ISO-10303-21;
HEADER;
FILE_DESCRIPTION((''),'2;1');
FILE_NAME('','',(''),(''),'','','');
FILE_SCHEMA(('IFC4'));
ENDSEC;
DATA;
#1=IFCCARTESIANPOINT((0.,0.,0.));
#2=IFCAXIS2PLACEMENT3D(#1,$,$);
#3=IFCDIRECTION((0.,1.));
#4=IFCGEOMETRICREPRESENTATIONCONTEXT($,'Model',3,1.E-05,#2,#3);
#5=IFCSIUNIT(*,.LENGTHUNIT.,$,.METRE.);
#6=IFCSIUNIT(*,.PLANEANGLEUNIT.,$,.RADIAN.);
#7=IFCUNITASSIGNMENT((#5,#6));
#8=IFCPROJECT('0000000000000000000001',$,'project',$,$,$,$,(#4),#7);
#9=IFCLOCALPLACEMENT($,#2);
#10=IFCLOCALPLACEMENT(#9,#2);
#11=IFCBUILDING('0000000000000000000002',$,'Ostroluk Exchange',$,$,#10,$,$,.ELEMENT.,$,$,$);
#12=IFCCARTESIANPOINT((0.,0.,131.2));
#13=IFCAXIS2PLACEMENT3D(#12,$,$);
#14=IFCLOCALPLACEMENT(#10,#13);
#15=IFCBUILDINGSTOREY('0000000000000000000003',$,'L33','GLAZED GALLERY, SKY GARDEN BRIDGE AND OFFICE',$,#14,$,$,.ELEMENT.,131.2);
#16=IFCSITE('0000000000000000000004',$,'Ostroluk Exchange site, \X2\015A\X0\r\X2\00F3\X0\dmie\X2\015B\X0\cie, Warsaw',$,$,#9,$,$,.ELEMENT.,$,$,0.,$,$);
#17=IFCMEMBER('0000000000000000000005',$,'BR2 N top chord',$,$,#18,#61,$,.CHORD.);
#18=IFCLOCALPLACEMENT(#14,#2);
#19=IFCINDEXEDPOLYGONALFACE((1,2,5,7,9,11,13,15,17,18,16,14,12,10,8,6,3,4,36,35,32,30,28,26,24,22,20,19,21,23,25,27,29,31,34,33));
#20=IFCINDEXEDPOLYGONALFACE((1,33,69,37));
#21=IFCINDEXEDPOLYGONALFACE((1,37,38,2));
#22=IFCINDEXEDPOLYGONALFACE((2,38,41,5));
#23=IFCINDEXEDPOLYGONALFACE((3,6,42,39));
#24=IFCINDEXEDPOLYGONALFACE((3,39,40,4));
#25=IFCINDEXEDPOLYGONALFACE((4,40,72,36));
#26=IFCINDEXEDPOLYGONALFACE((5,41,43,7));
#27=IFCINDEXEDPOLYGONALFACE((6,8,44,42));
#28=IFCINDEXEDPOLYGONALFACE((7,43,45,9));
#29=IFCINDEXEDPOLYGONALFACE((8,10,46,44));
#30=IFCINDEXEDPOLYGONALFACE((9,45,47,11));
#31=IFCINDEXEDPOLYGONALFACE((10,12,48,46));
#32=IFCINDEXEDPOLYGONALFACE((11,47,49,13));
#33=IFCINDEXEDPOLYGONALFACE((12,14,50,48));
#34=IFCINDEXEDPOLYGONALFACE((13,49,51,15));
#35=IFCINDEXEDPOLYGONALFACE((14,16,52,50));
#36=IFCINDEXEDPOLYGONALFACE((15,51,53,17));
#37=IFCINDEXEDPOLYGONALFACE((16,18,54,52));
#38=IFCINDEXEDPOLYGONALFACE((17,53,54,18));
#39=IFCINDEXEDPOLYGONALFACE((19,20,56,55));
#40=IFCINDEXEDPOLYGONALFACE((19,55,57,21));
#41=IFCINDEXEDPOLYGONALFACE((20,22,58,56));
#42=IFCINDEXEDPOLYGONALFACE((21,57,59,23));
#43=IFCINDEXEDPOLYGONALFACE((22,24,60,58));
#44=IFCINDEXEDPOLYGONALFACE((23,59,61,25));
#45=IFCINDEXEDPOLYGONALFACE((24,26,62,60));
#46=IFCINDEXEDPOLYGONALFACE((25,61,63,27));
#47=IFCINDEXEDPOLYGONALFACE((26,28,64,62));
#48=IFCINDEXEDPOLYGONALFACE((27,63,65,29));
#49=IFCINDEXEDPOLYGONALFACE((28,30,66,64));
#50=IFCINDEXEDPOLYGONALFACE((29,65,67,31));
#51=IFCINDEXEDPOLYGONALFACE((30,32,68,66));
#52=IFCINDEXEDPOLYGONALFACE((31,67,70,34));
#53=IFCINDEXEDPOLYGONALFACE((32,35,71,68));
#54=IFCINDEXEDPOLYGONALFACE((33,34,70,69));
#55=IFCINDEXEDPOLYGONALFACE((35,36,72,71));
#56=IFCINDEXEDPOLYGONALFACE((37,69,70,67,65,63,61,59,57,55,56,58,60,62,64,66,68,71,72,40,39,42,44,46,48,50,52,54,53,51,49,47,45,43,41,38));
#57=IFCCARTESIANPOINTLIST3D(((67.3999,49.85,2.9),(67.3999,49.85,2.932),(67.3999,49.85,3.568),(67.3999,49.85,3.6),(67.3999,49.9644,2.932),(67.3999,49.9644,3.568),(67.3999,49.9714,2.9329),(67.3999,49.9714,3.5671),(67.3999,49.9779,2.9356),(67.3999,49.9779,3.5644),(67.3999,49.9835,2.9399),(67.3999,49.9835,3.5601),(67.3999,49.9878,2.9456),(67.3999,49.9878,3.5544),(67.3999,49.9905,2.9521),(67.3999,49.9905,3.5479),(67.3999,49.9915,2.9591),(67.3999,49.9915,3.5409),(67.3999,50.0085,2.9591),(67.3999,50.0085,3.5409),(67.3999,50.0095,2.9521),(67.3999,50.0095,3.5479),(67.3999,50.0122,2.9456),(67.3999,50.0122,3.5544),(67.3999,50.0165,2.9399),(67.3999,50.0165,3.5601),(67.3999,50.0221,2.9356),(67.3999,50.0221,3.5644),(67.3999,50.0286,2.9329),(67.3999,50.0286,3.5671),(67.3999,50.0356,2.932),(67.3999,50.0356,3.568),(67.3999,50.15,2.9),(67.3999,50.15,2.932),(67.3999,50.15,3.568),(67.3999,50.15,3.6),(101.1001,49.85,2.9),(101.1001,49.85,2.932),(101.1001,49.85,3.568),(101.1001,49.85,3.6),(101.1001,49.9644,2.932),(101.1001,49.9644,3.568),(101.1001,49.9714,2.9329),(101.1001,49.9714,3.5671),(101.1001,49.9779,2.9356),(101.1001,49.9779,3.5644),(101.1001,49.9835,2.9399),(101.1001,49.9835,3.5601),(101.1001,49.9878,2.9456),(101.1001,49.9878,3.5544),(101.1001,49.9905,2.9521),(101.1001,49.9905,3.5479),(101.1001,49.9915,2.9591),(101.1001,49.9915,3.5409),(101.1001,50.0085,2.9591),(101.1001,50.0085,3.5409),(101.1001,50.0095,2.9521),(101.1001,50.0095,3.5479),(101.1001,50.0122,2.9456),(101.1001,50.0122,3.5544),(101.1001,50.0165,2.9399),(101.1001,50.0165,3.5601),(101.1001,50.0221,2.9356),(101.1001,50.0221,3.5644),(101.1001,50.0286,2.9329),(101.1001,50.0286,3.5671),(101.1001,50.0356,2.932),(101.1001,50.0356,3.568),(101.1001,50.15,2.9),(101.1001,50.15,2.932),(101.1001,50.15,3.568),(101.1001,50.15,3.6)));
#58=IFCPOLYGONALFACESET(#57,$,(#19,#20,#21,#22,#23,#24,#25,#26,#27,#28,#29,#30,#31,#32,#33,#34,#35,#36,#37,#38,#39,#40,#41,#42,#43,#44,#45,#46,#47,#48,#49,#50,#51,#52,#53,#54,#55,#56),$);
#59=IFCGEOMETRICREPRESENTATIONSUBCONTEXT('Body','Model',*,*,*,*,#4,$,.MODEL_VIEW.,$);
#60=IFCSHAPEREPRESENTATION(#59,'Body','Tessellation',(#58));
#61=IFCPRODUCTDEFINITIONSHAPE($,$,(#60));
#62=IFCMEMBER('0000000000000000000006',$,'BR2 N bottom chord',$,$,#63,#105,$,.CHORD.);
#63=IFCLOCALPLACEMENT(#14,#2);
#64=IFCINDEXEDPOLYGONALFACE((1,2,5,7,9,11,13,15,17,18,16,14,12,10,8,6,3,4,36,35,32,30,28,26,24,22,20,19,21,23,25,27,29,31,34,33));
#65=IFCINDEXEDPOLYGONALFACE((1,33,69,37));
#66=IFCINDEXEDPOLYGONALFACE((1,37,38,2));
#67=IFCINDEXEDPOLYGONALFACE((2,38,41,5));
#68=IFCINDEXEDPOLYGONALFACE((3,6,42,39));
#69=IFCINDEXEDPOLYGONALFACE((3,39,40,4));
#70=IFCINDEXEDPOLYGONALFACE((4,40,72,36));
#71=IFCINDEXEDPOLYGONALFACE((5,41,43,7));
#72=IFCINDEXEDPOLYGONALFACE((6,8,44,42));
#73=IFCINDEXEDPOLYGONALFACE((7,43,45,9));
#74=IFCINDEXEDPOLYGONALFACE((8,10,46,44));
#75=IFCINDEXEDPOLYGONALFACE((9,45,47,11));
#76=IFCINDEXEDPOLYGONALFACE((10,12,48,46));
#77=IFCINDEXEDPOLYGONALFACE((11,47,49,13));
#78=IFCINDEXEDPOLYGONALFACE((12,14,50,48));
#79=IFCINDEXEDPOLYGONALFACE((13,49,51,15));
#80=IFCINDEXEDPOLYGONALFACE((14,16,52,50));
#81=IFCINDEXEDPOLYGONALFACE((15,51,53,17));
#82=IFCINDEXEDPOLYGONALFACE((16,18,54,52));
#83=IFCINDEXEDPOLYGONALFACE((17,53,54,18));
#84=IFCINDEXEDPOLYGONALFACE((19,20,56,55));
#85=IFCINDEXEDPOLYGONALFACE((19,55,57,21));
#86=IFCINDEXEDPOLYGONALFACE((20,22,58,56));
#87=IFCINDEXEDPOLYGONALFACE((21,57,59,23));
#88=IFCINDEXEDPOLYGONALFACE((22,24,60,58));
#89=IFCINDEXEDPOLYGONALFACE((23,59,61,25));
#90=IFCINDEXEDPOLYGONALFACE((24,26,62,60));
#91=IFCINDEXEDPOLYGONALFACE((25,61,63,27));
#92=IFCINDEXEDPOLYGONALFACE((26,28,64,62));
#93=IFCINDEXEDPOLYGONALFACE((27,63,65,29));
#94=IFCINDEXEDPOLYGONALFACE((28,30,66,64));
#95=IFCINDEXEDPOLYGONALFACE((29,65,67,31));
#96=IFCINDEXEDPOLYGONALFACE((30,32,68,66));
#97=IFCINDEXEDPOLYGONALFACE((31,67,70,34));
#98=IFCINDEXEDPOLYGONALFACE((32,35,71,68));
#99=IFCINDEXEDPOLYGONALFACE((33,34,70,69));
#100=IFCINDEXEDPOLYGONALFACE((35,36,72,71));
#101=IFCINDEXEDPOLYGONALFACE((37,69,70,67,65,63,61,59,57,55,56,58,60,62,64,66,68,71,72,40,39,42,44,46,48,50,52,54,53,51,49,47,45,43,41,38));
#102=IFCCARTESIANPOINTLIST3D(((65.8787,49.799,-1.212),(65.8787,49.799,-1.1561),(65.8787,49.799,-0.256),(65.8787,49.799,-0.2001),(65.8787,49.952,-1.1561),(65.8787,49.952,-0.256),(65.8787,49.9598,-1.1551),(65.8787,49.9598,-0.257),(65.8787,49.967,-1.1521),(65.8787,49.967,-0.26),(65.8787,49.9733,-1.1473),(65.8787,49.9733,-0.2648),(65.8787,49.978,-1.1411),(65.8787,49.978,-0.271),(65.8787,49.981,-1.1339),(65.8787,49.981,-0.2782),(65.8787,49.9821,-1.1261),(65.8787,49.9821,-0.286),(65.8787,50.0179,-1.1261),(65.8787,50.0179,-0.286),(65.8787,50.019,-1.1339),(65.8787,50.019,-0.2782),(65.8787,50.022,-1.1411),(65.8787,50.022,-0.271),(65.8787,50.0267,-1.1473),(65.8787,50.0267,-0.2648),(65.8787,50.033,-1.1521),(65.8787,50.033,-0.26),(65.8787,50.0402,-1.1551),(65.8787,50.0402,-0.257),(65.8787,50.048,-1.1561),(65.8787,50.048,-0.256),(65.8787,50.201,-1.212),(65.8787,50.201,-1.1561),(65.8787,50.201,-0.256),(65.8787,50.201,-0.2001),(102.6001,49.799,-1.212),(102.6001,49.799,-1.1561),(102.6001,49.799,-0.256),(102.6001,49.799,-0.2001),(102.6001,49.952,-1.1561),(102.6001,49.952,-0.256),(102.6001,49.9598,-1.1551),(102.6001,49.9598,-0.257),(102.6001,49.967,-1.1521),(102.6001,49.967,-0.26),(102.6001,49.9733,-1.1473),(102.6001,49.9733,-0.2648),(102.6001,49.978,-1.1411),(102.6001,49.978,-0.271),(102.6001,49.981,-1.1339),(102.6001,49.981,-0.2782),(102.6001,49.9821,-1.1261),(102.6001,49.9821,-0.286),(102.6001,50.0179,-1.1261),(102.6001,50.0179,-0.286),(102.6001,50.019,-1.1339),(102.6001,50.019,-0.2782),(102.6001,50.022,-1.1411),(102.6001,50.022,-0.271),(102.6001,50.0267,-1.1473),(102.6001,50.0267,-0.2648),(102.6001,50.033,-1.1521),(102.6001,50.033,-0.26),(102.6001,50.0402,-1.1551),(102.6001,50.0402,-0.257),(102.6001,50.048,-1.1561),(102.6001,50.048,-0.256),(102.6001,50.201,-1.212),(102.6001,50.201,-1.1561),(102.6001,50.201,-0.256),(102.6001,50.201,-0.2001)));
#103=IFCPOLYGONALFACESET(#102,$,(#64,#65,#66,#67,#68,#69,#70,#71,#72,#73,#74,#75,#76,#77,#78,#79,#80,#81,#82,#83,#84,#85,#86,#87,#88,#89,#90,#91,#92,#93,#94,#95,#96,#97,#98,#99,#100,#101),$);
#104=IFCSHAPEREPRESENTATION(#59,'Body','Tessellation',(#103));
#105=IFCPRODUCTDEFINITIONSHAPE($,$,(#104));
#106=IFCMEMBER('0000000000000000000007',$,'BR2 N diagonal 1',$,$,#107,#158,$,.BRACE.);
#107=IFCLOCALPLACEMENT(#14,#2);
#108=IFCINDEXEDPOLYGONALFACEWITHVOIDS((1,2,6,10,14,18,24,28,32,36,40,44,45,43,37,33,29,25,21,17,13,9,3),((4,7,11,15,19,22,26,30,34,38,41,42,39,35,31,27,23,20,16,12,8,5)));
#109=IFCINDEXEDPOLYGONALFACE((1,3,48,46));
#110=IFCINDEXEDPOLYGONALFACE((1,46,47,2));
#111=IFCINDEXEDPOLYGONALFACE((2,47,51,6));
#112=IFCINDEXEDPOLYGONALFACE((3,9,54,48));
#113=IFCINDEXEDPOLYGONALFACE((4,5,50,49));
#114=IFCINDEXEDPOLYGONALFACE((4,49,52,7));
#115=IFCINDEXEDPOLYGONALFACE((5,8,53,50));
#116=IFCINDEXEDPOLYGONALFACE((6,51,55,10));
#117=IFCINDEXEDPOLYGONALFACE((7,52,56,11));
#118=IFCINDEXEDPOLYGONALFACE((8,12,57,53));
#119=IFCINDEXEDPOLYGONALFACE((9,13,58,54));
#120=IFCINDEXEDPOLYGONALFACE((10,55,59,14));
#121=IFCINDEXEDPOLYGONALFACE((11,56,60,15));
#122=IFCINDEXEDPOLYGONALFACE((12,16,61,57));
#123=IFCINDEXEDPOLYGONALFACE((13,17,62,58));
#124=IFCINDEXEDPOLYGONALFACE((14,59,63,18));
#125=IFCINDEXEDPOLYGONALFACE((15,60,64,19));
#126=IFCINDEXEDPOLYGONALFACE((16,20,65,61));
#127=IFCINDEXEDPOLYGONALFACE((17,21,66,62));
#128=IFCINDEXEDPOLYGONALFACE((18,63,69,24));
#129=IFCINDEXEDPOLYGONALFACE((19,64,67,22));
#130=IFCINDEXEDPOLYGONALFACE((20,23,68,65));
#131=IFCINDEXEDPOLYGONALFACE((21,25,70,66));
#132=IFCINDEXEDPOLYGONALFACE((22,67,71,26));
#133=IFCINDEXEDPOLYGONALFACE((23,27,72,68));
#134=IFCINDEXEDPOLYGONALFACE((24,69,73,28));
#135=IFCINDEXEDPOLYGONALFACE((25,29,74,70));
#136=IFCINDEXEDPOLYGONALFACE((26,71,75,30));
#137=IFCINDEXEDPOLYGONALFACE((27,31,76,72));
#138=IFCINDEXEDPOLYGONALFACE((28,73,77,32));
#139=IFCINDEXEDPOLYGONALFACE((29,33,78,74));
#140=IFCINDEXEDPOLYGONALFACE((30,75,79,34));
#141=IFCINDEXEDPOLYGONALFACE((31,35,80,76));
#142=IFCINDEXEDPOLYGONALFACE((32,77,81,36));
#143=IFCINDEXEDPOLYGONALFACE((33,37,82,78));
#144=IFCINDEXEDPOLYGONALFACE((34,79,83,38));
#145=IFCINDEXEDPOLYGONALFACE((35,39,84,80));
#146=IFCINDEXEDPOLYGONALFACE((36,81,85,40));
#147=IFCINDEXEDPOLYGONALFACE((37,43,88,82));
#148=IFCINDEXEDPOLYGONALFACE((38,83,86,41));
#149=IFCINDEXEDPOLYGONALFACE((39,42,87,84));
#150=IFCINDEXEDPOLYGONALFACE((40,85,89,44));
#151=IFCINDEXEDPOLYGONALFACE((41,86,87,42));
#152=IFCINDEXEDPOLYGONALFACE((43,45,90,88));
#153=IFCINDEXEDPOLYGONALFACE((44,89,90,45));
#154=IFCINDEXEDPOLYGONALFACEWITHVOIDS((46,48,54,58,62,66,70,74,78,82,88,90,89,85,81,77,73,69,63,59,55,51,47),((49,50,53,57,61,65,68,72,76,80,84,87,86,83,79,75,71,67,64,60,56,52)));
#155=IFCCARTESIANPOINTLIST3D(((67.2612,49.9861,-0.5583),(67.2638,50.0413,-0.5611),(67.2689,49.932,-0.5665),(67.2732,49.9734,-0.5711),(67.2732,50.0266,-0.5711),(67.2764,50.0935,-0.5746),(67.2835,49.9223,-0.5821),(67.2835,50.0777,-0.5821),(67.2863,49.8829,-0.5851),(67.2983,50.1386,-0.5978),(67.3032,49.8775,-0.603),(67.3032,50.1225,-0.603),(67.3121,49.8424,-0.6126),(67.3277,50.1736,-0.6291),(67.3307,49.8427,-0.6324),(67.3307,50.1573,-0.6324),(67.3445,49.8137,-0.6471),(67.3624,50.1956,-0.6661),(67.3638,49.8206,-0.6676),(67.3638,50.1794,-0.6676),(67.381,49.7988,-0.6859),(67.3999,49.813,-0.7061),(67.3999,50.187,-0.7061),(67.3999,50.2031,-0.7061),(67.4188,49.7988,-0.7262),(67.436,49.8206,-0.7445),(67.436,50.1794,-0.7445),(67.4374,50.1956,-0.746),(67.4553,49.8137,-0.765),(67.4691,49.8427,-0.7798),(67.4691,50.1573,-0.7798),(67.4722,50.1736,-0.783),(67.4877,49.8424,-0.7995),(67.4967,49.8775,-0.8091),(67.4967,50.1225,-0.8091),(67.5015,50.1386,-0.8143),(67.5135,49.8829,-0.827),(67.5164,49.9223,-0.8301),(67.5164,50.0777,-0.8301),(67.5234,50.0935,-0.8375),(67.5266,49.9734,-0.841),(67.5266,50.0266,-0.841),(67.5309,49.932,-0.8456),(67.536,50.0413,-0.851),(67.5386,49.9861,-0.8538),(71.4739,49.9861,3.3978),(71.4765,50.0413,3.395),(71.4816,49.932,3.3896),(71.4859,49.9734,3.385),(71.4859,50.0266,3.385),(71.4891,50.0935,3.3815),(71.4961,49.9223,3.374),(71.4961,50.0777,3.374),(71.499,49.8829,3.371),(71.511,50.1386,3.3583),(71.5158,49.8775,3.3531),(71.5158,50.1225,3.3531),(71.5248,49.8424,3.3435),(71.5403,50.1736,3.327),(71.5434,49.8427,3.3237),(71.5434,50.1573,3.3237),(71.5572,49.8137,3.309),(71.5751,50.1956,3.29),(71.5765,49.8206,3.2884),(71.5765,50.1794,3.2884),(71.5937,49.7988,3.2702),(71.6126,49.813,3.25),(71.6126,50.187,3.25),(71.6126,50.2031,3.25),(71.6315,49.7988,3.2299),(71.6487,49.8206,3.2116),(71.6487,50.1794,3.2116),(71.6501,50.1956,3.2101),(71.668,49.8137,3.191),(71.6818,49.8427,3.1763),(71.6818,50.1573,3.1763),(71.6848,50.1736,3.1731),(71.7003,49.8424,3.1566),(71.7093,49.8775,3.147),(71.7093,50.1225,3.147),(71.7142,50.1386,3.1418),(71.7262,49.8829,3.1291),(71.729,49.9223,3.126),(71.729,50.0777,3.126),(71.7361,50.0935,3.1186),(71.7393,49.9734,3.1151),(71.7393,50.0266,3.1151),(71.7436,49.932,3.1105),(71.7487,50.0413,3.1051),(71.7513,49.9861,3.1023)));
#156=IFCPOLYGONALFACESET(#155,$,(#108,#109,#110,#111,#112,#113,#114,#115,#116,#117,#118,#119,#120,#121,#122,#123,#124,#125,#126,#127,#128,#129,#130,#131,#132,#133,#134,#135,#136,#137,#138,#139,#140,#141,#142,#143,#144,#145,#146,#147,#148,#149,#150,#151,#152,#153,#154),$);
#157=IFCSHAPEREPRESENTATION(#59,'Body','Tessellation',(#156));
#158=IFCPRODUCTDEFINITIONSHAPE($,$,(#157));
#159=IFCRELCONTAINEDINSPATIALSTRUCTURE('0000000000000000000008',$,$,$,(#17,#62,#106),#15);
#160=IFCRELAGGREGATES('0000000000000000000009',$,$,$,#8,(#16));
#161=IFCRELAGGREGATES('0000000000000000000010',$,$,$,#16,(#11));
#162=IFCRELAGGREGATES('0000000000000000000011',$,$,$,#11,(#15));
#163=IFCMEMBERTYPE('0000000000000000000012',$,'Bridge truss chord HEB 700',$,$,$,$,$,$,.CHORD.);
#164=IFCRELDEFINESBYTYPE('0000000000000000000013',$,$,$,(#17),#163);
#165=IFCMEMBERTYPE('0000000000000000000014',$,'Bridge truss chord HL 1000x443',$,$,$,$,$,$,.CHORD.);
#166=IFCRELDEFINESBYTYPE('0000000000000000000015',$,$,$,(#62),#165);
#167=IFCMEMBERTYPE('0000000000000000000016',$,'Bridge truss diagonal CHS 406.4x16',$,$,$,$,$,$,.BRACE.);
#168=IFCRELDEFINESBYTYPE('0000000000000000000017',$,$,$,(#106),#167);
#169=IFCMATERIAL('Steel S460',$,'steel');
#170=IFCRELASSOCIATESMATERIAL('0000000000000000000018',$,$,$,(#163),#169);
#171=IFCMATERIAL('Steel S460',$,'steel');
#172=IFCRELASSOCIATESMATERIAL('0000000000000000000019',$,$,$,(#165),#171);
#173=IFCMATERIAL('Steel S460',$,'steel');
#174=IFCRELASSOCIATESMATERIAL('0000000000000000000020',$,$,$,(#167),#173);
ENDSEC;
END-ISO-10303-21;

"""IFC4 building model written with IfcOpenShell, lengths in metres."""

from ifc_helpers import new_model, si_unit, direction, frame, origin, origin_2d, place, context, subcontext, project, spatial, hollow_circle, i_section, extrude, material, material_profile, profile_set, type_object, element, save


model = new_model("IFC4")

# Units and contexts
model_context = context("Model", 3, precision=1e-05, world=origin(), true_north=direction((0.0, 1.0)))
body_context = subcontext(model_context, "Body", "Model", "MODEL_VIEW")
ifc_project = project(units=[si_unit("LENGTHUNIT", "METRE"), si_unit("PLANEANGLEUNIT", "RADIAN")], contexts=[model_context])

# Site, building, storey
site_placement = place(None, origin())
site = spatial("IfcSite", under=ifc_project, at=site_placement, Name="Ostroluk Exchange site, Śródmieście, Warsaw", CompositionType="ELEMENT", RefElevation=0.0)
building_placement = place(site_placement, origin())
building = spatial("IfcBuilding", under=site, at=building_placement, Name="Ostroluk Exchange", CompositionType="ELEMENT")
storey_placement = place(building_placement, frame((0.0, 0.0, 131.2)))
storey = spatial("IfcBuildingStorey", under=building, at=storey_placement, Name="L33", Description="GLAZED GALLERY, SKY GARDEN BRIDGE AND OFFICE", CompositionType="ELEMENT", Elevation=131.2)

# Members
ifc_material_1 = material(Name="Steel S460", Category="steel")
ifc_material_profile_1 = material_profile(ifc_material_1, i_section(OverallWidth=0.3, OverallDepth=0.7, WebThickness=0.0171, FlangeThickness=0.032, FilletRadius=0.0271, at=origin_2d()), Name="HEB 700")
ifc_profile_set_1 = profile_set([ifc_material_profile_1], Name="Steel S460")
member_type_1 = type_object("IfcMemberType", Name="Bridge truss chord HEB 700", PredefinedType="CHORD", material=ifc_profile_set_1)
member_1_placement = place(storey_placement, frame((67.3999, 50.0, 3.25), z_axis=(1.0, 0.0, 0.0), x_axis=(0.0, 1.0, 0.0)))
element("IfcMember", 1, at=member_1_placement, inside=storey, type_object=member_type_1, Name="BR2 N top chord", PredefinedType="CHORD", context=body_context, shape_type="SweptSolid", body=[
    extrude(i_section(OverallWidth=0.3, OverallDepth=0.7, WebThickness=0.0171, FlangeThickness=0.032, FilletRadius=0.0271, at=origin_2d()), origin(), (0.0, 0.0, 1.0), 33.7002),
])
ifc_material_2 = material(Name="Steel S460", Category="steel")
ifc_material_profile_2 = material_profile(ifc_material_2, i_section(OverallWidth=0.4021, OverallDepth=1.012, WebThickness=0.0359, FlangeThickness=0.0559, FilletRadius=0.03, at=origin_2d()), Name="HL 1000x443")
ifc_profile_set_2 = profile_set([ifc_material_profile_2], Name="Steel S460")
member_type_2 = type_object("IfcMemberType", Name="Bridge truss chord HL 1000x443", PredefinedType="CHORD", material=ifc_profile_set_2)
member_2_placement = place(storey_placement, frame((65.8787, 50.0, -0.7061), z_axis=(1.0, 0.0, 0.0), x_axis=(0.0, 1.0, 0.0)))
element("IfcMember", 2, at=member_2_placement, inside=storey, type_object=member_type_2, Name="BR2 N bottom chord", PredefinedType="CHORD", context=body_context, shape_type="SweptSolid", body=[
    extrude(i_section(OverallWidth=0.4021, OverallDepth=1.012, WebThickness=0.0359, FlangeThickness=0.0559, FilletRadius=0.03, at=origin_2d()), origin(), (0.0, 0.0, 1.0), 36.7214),
])
ifc_material_3 = material(Name="Steel S460", Category="steel")
ifc_material_profile_3 = material_profile(ifc_material_3, hollow_circle(Radius=0.2031, WallThickness=0.0161, at=origin_2d()), Name="CHS 406.4x16")
ifc_profile_set_3 = profile_set([ifc_material_profile_3], Name="Steel S460")
member_type_3 = type_object("IfcMemberType", Name="Bridge truss diagonal CHS 406.4x16", PredefinedType="BRACE", material=ifc_profile_set_3)
member_3_placement = place(storey_placement, frame((67.3999, 50.0, -0.7061), z_axis=(0.728959, 0.0, 0.684558), x_axis=(0.0, 1.0, 0.0)))
element("IfcMember", 3, at=member_3_placement, inside=storey, type_object=member_type_3, Name="BR2 N diagonal 1", PredefinedType="BRACE", context=body_context, shape_type="SweptSolid", body=[
    extrude(hollow_circle(Radius=0.2031, WallThickness=0.0161, at=origin_2d()), origin(), (0.0, 0.0, 1.0), 5.7791),
])

save(model, "model.ifc")
